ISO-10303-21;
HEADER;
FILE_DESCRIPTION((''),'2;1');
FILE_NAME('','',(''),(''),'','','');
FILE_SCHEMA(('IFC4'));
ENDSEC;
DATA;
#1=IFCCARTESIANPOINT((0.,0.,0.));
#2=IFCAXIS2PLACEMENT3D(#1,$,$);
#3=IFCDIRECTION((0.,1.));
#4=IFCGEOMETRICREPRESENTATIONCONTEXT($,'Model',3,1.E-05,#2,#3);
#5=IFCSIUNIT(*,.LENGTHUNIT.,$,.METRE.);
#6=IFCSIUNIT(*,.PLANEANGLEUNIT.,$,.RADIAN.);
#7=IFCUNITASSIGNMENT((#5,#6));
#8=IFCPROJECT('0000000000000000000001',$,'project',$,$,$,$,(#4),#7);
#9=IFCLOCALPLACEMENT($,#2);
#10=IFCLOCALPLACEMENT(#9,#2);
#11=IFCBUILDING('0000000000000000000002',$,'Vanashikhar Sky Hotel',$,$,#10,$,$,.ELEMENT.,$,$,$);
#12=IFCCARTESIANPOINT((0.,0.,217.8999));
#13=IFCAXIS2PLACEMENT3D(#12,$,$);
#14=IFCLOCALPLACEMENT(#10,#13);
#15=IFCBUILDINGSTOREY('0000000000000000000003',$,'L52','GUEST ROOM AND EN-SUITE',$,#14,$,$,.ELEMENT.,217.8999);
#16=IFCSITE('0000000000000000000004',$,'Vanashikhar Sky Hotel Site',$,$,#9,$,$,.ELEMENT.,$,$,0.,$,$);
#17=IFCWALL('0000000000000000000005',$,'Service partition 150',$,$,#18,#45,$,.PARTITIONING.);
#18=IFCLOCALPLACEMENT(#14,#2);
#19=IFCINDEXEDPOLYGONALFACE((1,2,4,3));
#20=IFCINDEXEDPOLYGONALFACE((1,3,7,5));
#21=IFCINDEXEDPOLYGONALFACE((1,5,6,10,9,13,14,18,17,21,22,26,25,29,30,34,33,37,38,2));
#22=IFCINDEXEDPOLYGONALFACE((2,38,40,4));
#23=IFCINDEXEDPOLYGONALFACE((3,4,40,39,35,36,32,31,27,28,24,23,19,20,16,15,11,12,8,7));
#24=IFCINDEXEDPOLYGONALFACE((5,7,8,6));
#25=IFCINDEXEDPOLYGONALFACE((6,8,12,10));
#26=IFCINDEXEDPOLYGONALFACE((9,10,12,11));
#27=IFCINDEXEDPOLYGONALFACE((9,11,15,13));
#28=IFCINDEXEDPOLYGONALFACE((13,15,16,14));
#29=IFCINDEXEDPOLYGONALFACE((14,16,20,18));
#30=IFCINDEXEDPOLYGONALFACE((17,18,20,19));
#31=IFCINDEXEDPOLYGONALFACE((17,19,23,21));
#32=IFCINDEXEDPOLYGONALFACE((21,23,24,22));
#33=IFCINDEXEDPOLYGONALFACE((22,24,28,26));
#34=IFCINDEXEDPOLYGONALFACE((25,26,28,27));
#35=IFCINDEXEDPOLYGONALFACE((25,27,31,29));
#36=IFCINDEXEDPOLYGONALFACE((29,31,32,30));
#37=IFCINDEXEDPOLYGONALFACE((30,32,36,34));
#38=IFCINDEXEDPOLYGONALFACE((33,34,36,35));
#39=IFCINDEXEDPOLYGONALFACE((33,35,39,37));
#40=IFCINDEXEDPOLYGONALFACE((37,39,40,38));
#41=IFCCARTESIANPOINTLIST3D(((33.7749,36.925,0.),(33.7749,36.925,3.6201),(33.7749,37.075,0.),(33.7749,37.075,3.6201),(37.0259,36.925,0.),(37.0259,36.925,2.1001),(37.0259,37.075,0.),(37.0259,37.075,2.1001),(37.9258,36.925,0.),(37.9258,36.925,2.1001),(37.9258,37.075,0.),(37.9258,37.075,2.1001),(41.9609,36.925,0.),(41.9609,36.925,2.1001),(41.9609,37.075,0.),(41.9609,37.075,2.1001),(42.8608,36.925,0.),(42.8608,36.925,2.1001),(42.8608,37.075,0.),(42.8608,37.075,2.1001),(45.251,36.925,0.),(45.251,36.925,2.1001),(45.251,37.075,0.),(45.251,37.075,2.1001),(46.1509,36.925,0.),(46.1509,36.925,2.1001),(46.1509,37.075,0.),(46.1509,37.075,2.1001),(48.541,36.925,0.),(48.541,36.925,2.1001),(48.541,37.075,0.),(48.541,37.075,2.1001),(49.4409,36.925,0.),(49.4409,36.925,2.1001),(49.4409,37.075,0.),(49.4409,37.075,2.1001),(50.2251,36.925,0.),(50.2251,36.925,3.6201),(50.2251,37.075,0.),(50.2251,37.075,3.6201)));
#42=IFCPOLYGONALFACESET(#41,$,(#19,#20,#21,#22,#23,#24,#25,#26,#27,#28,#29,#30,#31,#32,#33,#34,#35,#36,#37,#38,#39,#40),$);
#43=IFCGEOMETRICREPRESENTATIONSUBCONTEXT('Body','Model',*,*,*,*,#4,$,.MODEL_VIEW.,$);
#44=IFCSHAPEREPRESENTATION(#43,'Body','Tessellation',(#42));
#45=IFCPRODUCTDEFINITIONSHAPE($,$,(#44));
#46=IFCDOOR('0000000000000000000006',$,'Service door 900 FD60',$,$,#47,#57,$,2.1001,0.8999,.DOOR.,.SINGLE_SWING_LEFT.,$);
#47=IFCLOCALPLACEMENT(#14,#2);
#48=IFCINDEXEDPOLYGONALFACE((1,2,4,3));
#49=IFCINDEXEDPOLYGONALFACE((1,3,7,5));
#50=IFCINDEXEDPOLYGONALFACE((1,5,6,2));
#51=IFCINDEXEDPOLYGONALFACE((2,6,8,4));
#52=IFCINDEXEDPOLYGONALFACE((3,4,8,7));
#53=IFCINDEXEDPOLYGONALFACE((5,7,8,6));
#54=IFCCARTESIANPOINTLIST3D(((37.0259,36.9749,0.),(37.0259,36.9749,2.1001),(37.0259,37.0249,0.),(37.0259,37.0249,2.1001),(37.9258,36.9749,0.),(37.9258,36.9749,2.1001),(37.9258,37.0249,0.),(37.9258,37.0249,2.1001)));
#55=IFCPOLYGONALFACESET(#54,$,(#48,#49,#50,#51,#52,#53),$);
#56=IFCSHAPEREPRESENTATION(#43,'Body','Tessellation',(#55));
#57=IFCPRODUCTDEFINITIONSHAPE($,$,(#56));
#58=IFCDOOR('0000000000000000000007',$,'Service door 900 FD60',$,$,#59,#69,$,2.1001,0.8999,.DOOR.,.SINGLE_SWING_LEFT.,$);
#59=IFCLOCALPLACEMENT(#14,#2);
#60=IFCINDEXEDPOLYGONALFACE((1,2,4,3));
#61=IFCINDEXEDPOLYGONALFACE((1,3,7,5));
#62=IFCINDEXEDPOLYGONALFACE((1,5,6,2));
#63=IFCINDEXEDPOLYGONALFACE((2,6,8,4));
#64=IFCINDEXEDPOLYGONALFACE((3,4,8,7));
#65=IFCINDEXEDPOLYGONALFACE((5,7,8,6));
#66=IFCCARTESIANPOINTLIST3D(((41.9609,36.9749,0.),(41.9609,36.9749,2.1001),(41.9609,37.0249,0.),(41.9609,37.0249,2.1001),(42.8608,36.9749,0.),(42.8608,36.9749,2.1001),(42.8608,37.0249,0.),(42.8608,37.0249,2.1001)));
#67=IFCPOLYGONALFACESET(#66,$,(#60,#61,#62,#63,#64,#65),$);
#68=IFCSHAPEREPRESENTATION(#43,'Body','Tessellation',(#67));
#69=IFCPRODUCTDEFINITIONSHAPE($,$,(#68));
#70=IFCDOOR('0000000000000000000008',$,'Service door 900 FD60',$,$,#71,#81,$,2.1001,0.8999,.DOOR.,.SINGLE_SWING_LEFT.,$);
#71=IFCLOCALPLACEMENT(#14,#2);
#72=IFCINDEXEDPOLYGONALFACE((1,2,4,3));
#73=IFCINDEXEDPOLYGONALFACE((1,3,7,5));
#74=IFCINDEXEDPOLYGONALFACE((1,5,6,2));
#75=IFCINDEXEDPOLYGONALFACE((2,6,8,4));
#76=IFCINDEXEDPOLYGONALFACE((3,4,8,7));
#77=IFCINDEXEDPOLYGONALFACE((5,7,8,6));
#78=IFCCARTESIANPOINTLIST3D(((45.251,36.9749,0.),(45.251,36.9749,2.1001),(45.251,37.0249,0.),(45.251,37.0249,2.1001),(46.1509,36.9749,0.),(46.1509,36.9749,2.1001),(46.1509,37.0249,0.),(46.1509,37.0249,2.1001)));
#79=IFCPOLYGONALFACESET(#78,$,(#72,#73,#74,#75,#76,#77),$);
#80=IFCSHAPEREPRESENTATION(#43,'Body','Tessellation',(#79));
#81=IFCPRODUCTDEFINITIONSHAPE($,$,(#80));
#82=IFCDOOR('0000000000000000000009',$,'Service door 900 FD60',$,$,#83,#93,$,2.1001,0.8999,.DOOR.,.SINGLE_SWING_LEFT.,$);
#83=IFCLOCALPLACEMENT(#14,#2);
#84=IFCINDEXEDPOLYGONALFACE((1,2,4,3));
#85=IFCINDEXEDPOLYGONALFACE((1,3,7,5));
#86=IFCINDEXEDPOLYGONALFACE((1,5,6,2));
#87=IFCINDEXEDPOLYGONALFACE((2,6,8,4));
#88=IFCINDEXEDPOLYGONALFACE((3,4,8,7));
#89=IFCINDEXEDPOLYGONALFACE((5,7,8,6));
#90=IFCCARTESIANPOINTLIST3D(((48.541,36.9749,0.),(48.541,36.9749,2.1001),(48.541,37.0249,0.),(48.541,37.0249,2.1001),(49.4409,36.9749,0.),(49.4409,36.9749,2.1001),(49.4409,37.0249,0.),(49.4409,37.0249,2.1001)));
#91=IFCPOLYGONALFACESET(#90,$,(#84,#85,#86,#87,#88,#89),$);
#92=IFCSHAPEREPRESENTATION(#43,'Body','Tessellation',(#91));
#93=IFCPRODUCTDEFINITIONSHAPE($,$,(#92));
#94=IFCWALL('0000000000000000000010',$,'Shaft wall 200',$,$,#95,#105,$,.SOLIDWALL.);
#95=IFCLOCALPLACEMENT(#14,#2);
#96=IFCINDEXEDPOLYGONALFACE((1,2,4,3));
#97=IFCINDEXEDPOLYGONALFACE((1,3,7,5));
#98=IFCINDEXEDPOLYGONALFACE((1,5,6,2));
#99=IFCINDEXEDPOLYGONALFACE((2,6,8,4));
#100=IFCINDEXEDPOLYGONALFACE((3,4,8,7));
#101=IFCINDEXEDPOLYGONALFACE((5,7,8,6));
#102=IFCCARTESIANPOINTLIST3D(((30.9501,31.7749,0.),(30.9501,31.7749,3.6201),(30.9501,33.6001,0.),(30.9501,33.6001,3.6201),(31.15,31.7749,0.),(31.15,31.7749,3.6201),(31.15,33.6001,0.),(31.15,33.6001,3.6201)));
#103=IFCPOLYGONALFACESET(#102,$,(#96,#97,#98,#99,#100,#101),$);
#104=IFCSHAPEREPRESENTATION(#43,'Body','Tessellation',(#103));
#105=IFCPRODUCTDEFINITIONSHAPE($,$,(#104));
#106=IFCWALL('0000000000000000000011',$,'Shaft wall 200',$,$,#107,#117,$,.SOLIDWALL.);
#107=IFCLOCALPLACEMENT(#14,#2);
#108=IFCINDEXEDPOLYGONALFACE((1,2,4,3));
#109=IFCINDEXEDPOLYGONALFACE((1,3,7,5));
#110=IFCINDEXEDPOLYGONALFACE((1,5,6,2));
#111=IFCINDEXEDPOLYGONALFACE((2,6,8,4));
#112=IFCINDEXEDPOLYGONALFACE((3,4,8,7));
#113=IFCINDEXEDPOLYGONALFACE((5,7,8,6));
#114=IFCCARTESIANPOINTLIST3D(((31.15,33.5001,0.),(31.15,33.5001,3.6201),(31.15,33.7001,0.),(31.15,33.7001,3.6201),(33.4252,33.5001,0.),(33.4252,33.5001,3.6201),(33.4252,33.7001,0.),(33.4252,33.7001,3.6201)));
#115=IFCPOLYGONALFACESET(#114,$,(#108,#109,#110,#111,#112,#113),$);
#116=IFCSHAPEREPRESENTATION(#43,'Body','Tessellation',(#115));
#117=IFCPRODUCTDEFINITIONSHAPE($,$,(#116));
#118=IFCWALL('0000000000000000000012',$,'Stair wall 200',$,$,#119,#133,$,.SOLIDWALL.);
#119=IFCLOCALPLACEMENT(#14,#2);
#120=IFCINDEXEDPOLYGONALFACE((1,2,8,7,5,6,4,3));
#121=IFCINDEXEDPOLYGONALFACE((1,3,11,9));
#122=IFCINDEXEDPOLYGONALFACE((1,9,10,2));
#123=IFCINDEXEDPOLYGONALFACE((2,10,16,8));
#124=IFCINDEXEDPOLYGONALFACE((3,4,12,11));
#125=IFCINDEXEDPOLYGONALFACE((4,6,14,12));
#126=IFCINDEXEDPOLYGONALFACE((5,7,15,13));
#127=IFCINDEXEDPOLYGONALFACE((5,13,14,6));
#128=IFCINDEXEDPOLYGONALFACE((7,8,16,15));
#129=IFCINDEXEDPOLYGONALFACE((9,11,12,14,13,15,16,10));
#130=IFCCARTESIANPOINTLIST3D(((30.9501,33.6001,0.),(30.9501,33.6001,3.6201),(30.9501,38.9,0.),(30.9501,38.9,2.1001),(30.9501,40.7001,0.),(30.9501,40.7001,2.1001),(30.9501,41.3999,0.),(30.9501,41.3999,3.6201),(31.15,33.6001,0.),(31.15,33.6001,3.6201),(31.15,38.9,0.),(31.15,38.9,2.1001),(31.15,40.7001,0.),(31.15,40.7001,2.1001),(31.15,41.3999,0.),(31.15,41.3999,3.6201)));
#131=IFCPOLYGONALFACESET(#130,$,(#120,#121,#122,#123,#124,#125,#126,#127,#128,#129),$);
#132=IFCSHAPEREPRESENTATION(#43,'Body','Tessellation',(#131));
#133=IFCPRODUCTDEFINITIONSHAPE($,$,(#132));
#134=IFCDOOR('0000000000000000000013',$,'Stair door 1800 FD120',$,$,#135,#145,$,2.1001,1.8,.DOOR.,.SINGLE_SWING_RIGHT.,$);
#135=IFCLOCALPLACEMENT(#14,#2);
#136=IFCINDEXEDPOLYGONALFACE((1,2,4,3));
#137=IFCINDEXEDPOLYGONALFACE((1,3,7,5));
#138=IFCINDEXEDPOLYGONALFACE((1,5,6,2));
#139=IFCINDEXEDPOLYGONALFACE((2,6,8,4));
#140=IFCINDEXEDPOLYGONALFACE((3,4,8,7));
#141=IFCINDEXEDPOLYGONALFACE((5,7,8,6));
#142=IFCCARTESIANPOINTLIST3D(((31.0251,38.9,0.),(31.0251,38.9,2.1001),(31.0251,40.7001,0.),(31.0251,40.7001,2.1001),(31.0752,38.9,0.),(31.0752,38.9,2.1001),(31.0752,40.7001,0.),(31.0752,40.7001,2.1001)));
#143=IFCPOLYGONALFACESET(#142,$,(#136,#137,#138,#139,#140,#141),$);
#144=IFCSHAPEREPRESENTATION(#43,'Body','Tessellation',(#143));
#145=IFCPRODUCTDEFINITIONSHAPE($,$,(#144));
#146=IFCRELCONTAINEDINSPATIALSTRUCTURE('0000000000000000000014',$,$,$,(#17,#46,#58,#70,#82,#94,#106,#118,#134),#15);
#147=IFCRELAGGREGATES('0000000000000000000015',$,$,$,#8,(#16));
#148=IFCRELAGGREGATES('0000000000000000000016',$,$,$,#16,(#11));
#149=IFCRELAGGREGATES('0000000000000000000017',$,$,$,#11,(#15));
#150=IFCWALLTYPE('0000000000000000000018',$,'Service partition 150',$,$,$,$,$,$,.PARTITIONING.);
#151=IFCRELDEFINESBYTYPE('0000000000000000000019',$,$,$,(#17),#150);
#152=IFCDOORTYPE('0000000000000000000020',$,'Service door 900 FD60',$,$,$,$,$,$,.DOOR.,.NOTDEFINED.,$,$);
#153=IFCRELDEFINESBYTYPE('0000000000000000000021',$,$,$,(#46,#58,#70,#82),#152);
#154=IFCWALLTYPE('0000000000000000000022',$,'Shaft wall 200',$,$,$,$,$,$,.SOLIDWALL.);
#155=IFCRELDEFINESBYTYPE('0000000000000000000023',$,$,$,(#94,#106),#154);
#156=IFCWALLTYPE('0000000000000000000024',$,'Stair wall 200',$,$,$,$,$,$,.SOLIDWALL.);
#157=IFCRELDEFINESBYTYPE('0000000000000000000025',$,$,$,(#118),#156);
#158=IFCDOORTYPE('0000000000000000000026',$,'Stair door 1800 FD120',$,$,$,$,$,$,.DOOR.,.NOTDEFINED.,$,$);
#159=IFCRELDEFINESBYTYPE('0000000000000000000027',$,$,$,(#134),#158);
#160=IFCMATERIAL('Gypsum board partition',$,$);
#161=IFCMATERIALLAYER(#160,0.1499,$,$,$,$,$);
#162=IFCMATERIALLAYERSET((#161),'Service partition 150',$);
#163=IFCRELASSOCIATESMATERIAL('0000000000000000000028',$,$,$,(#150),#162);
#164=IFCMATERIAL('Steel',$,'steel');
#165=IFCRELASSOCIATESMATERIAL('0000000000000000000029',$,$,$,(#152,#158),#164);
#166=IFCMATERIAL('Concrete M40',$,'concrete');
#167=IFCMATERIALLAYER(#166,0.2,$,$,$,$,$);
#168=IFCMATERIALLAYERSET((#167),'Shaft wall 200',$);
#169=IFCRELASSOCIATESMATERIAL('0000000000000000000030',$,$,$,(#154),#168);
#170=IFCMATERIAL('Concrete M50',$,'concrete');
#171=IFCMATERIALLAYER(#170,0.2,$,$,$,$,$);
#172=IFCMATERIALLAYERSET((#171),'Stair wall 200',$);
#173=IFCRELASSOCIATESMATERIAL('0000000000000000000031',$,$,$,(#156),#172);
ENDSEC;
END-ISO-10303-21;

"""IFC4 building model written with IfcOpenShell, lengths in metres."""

from ifc_helpers import new_model, si_unit, direction, frame, frame_2d, origin, place, context, subcontext, project, spatial, rectangle, extrude, source, transform, mapped, material, layer, layer_set, type_object, element, fill, save


model = new_model("IFC4")

# Units and contexts
model_context = context("Model", 3, precision=1e-05, world=origin(), true_north=direction((0.0, 1.0)))
body_context = subcontext(model_context, "Body", "Model", "MODEL_VIEW")
ifc_project = project(units=[si_unit("LENGTHUNIT", "METRE"), si_unit("PLANEANGLEUNIT", "RADIAN")], contexts=[model_context])

# Site, building, storey
site_placement = place(None, origin())
site = spatial("IfcSite", under=ifc_project, at=site_placement, Name="Vanashikhar Sky Hotel Site", CompositionType="ELEMENT", RefElevation=0.0)
building_placement = place(site_placement, origin())
building = spatial("IfcBuilding", under=site, at=building_placement, Name="Vanashikhar Sky Hotel", CompositionType="ELEMENT")
storey_placement = place(building_placement, frame((0.0, 0.0, 217.8999)))
storey = spatial("IfcBuildingStorey", under=building, at=storey_placement, Name="L52", Description="GUEST ROOM AND EN-SUITE", CompositionType="ELEMENT", Elevation=217.8999)

# Shared definitions
ifc_material_1 = material(Name="Steel", Category="steel")

# Wall, openings, doors
ifc_material_2 = material(Name="Gypsum board partition")
ifc_layer_1 = layer(ifc_material_2, 0.1499)
ifc_layer_set_1 = layer_set([ifc_layer_1], Name="Service partition 150")
wall_type_1 = type_object("IfcWallType", Name="Service partition 150", PredefinedType="PARTITIONING", material=ifc_layer_set_1)
shared_shape_1 = source(origin(), body_context, "Body", "SweptSolid", [
    extrude(rectangle(XDim=0.8999, YDim=2.1001, at=frame_2d((0.45, 1.05))), frame((0.0, 0.085, 0.0), z_axis=(0.0, -1.0, 0.0), x_axis=(1.0, 0.0, 0.0)), (0.0, 0.0, 1.0), 0.1699),
])
door_type_1 = type_object("IfcDoorType", Name="Service door 900 FD60", OperationType="NOTDEFINED", PredefinedType="DOOR", material=ifc_material_1)
shared_shape_2 = source(origin(), body_context, "Body", "SweptSolid", [
    extrude(rectangle(XDim=0.8999, YDim=2.1001, at=frame_2d((0.45, 1.05))), frame((0.0, 0.0249, 0.0), z_axis=(0.0, -1.0, 0.0), x_axis=(1.0, 0.0, 0.0)), (0.0, 0.0, 1.0), 0.05),
])
shared_shape_3 = source(origin(), body_context, "Body", "SweptSolid", [
    extrude(rectangle(XDim=16.4502, YDim=0.1499, at=frame_2d((8.2251, 0.0))), origin(), (0.0, 0.0, 1.0), 3.6201),
])
wall_1_placement = place(storey_placement, frame((33.7749, 37.0, 0.0), z_axis=(0.0, 0.0, 1.0), x_axis=(1.0, 0.0, 0.0)))
wall_1 = element("IfcWall", 1, at=wall_1_placement, inside=storey, type_object=wall_type_1, Name="Service partition 150", PredefinedType="PARTITIONING", context=body_context, shape_type="MappedRepresentation", body=[
    mapped(shared_shape_3, transform((0.0, 0.0, 0.0), scale=1.0)),
])
opening_1_placement = place(wall_1_placement, frame((3.251, 0.0, 0.0)))
opening_1 = element("IfcOpeningElement", 2, at=opening_1_placement, cuts=wall_1, PredefinedType="OPENING", context=body_context, shape_type="MappedRepresentation", body=[
    mapped(shared_shape_1, transform((0.0, 0.0, 0.0), scale=1.0)),
])
opening_2_placement = place(wall_1_placement, frame((8.186, 0.0, 0.0)))
opening_2 = element("IfcOpeningElement", 3, at=opening_2_placement, cuts=wall_1, PredefinedType="OPENING", context=body_context, shape_type="MappedRepresentation", body=[
    mapped(shared_shape_1, transform((0.0, 0.0, 0.0), scale=1.0)),
])
opening_3_placement = place(wall_1_placement, frame((11.4761, 0.0, 0.0)))
opening_3 = element("IfcOpeningElement", 4, at=opening_3_placement, cuts=wall_1, PredefinedType="OPENING", context=body_context, shape_type="MappedRepresentation", body=[
    mapped(shared_shape_1, transform((0.0, 0.0, 0.0), scale=1.0)),
])
opening_4_placement = place(wall_1_placement, frame((14.7661, 0.0, 0.0)))
opening_4 = element("IfcOpeningElement", 5, at=opening_4_placement, cuts=wall_1, PredefinedType="OPENING", context=body_context, shape_type="MappedRepresentation", body=[
    mapped(shared_shape_1, transform((0.0, 0.0, 0.0), scale=1.0)),
])
door_1_placement = place(opening_1_placement, origin())
door_1 = element("IfcDoor", 6, at=door_1_placement, inside=storey, type_object=door_type_1, Name="Service door 900 FD60", OperationType="SINGLE_SWING_LEFT", OverallHeight=2.1001, OverallWidth=0.8999, PredefinedType="DOOR", context=body_context, shape_type="MappedRepresentation", body=[
    mapped(shared_shape_2, transform((0.0, 0.0, 0.0), scale=1.0)),
])
fill(opening_1, door_1)
door_2_placement = place(opening_2_placement, origin())
door_2 = element("IfcDoor", 7, at=door_2_placement, inside=storey, type_object=door_type_1, Name="Service door 900 FD60", OperationType="SINGLE_SWING_LEFT", OverallHeight=2.1001, OverallWidth=0.8999, PredefinedType="DOOR", context=body_context, shape_type="MappedRepresentation", body=[
    mapped(shared_shape_2, transform((0.0, 0.0, 0.0), scale=1.0)),
])
fill(opening_2, door_2)
door_3_placement = place(opening_3_placement, origin())
door_3 = element("IfcDoor", 8, at=door_3_placement, inside=storey, type_object=door_type_1, Name="Service door 900 FD60", OperationType="SINGLE_SWING_LEFT", OverallHeight=2.1001, OverallWidth=0.8999, PredefinedType="DOOR", context=body_context, shape_type="MappedRepresentation", body=[
    mapped(shared_shape_2, transform((0.0, 0.0, 0.0), scale=1.0)),
])
fill(opening_3, door_3)
door_4_placement = place(opening_4_placement, origin())
door_4 = element("IfcDoor", 9, at=door_4_placement, inside=storey, type_object=door_type_1, Name="Service door 900 FD60", OperationType="SINGLE_SWING_LEFT", OverallHeight=2.1001, OverallWidth=0.8999, PredefinedType="DOOR", context=body_context, shape_type="MappedRepresentation", body=[
    mapped(shared_shape_2, transform((0.0, 0.0, 0.0), scale=1.0)),
])
fill(opening_4, door_4)

# Walls
ifc_material_3 = material(Name="Concrete M40", Category="concrete")
ifc_layer_2 = layer(ifc_material_3, 0.2)
ifc_layer_set_2 = layer_set([ifc_layer_2], Name="Shaft wall 200")
wall_type_2 = type_object("IfcWallType", Name="Shaft wall 200", PredefinedType="SOLIDWALL", material=ifc_layer_set_2)
shared_shape_4 = source(origin(), body_context, "Body", "SweptSolid", [
    extrude(rectangle(XDim=1.8252, YDim=0.2, at=frame_2d((0.9126, 0.0))), origin(), (0.0, 0.0, 1.0), 3.6201),
])
wall_2_placement = place(storey_placement, frame((31.05, 31.7749, 0.0), z_axis=(0.0, 0.0, 1.0), x_axis=(0.0, 1.0, 0.0)))
element("IfcWall", 10, at=wall_2_placement, inside=storey, type_object=wall_type_2, Name="Shaft wall 200", PredefinedType="SOLIDWALL", context=body_context, shape_type="MappedRepresentation", body=[
    mapped(shared_shape_4, transform((0.0, 0.0, 0.0), scale=1.0)),
])
shared_shape_5 = source(origin(), body_context, "Body", "SweptSolid", [
    extrude(rectangle(XDim=2.2751, YDim=0.2, at=frame_2d((1.1377, 0.0))), origin(), (0.0, 0.0, 1.0), 3.6201),
])
wall_3_placement = place(storey_placement, frame((31.1499, 33.6001, 0.0), z_axis=(0.0, 0.0, 1.0), x_axis=(1.0, 0.0, 0.0)))
element("IfcWall", 11, at=wall_3_placement, inside=storey, type_object=wall_type_2, Name="Shaft wall 200", PredefinedType="SOLIDWALL", context=body_context, shape_type="MappedRepresentation", body=[
    mapped(shared_shape_5, transform((0.0, 0.0, 0.0), scale=1.0)),
])

# Wall, opening, door
ifc_material_4 = material(Name="Concrete M50", Category="concrete")
ifc_layer_3 = layer(ifc_material_4, 0.2)
ifc_layer_set_3 = layer_set([ifc_layer_3], Name="Stair wall 200")
wall_type_3 = type_object("IfcWallType", Name="Stair wall 200", PredefinedType="SOLIDWALL", material=ifc_layer_set_3)
shared_shape_6 = source(origin(), body_context, "Body", "SweptSolid", [
    extrude(rectangle(XDim=7.7998, YDim=0.2, at=frame_2d((3.8999, 0.0))), origin(), (0.0, 0.0, 1.0), 3.6201),
])
wall_4_placement = place(storey_placement, frame((31.05, 33.6001, 0.0), z_axis=(0.0, 0.0, 1.0), x_axis=(0.0, 1.0, 0.0)))
wall_4 = element("IfcWall", 12, at=wall_4_placement, inside=storey, type_object=wall_type_3, Name="Stair wall 200", PredefinedType="SOLIDWALL", context=body_context, shape_type="MappedRepresentation", body=[
    mapped(shared_shape_6, transform((0.0, 0.0, 0.0), scale=1.0)),
])
shared_shape_7 = source(origin(), body_context, "Body", "SweptSolid", [
    extrude(rectangle(XDim=1.8, YDim=2.1001, at=frame_2d((0.8999, 1.05))), frame((0.0, 0.1099, 0.0), z_axis=(0.0, -1.0, 0.0), x_axis=(1.0, 0.0, 0.0)), (0.0, 0.0, 1.0), 0.22),
])
opening_5_placement = place(wall_4_placement, frame((5.3, 0.0, 0.0)))
opening_5 = element("IfcOpeningElement", 13, at=opening_5_placement, cuts=wall_4, PredefinedType="OPENING", context=body_context, shape_type="MappedRepresentation", body=[
    mapped(shared_shape_7, transform((0.0, 0.0, 0.0), scale=1.0)),
])
door_type_2 = type_object("IfcDoorType", Name="Stair door 1800 FD120", OperationType="NOTDEFINED", PredefinedType="DOOR", material=ifc_material_1)
shared_shape_8 = source(origin(), body_context, "Body", "SweptSolid", [
    extrude(rectangle(XDim=1.8, YDim=2.1001, at=frame_2d((0.8999, 1.05))), frame((0.0, 0.0249, 0.0), z_axis=(0.0, -1.0, 0.0), x_axis=(1.0, 0.0, 0.0)), (0.0, 0.0, 1.0), 0.05),
])
door_5_placement = place(opening_5_placement, origin())
door_5 = element("IfcDoor", 14, at=door_5_placement, inside=storey, type_object=door_type_2, Name="Stair door 1800 FD120", OperationType="SINGLE_SWING_RIGHT", OverallHeight=2.1001, OverallWidth=1.8, PredefinedType="DOOR", context=body_context, shape_type="MappedRepresentation", body=[
    mapped(shared_shape_8, transform((0.0, 0.0, 0.0), scale=1.0)),
])
fill(opening_5, door_5)

save(model, "model.ifc")
